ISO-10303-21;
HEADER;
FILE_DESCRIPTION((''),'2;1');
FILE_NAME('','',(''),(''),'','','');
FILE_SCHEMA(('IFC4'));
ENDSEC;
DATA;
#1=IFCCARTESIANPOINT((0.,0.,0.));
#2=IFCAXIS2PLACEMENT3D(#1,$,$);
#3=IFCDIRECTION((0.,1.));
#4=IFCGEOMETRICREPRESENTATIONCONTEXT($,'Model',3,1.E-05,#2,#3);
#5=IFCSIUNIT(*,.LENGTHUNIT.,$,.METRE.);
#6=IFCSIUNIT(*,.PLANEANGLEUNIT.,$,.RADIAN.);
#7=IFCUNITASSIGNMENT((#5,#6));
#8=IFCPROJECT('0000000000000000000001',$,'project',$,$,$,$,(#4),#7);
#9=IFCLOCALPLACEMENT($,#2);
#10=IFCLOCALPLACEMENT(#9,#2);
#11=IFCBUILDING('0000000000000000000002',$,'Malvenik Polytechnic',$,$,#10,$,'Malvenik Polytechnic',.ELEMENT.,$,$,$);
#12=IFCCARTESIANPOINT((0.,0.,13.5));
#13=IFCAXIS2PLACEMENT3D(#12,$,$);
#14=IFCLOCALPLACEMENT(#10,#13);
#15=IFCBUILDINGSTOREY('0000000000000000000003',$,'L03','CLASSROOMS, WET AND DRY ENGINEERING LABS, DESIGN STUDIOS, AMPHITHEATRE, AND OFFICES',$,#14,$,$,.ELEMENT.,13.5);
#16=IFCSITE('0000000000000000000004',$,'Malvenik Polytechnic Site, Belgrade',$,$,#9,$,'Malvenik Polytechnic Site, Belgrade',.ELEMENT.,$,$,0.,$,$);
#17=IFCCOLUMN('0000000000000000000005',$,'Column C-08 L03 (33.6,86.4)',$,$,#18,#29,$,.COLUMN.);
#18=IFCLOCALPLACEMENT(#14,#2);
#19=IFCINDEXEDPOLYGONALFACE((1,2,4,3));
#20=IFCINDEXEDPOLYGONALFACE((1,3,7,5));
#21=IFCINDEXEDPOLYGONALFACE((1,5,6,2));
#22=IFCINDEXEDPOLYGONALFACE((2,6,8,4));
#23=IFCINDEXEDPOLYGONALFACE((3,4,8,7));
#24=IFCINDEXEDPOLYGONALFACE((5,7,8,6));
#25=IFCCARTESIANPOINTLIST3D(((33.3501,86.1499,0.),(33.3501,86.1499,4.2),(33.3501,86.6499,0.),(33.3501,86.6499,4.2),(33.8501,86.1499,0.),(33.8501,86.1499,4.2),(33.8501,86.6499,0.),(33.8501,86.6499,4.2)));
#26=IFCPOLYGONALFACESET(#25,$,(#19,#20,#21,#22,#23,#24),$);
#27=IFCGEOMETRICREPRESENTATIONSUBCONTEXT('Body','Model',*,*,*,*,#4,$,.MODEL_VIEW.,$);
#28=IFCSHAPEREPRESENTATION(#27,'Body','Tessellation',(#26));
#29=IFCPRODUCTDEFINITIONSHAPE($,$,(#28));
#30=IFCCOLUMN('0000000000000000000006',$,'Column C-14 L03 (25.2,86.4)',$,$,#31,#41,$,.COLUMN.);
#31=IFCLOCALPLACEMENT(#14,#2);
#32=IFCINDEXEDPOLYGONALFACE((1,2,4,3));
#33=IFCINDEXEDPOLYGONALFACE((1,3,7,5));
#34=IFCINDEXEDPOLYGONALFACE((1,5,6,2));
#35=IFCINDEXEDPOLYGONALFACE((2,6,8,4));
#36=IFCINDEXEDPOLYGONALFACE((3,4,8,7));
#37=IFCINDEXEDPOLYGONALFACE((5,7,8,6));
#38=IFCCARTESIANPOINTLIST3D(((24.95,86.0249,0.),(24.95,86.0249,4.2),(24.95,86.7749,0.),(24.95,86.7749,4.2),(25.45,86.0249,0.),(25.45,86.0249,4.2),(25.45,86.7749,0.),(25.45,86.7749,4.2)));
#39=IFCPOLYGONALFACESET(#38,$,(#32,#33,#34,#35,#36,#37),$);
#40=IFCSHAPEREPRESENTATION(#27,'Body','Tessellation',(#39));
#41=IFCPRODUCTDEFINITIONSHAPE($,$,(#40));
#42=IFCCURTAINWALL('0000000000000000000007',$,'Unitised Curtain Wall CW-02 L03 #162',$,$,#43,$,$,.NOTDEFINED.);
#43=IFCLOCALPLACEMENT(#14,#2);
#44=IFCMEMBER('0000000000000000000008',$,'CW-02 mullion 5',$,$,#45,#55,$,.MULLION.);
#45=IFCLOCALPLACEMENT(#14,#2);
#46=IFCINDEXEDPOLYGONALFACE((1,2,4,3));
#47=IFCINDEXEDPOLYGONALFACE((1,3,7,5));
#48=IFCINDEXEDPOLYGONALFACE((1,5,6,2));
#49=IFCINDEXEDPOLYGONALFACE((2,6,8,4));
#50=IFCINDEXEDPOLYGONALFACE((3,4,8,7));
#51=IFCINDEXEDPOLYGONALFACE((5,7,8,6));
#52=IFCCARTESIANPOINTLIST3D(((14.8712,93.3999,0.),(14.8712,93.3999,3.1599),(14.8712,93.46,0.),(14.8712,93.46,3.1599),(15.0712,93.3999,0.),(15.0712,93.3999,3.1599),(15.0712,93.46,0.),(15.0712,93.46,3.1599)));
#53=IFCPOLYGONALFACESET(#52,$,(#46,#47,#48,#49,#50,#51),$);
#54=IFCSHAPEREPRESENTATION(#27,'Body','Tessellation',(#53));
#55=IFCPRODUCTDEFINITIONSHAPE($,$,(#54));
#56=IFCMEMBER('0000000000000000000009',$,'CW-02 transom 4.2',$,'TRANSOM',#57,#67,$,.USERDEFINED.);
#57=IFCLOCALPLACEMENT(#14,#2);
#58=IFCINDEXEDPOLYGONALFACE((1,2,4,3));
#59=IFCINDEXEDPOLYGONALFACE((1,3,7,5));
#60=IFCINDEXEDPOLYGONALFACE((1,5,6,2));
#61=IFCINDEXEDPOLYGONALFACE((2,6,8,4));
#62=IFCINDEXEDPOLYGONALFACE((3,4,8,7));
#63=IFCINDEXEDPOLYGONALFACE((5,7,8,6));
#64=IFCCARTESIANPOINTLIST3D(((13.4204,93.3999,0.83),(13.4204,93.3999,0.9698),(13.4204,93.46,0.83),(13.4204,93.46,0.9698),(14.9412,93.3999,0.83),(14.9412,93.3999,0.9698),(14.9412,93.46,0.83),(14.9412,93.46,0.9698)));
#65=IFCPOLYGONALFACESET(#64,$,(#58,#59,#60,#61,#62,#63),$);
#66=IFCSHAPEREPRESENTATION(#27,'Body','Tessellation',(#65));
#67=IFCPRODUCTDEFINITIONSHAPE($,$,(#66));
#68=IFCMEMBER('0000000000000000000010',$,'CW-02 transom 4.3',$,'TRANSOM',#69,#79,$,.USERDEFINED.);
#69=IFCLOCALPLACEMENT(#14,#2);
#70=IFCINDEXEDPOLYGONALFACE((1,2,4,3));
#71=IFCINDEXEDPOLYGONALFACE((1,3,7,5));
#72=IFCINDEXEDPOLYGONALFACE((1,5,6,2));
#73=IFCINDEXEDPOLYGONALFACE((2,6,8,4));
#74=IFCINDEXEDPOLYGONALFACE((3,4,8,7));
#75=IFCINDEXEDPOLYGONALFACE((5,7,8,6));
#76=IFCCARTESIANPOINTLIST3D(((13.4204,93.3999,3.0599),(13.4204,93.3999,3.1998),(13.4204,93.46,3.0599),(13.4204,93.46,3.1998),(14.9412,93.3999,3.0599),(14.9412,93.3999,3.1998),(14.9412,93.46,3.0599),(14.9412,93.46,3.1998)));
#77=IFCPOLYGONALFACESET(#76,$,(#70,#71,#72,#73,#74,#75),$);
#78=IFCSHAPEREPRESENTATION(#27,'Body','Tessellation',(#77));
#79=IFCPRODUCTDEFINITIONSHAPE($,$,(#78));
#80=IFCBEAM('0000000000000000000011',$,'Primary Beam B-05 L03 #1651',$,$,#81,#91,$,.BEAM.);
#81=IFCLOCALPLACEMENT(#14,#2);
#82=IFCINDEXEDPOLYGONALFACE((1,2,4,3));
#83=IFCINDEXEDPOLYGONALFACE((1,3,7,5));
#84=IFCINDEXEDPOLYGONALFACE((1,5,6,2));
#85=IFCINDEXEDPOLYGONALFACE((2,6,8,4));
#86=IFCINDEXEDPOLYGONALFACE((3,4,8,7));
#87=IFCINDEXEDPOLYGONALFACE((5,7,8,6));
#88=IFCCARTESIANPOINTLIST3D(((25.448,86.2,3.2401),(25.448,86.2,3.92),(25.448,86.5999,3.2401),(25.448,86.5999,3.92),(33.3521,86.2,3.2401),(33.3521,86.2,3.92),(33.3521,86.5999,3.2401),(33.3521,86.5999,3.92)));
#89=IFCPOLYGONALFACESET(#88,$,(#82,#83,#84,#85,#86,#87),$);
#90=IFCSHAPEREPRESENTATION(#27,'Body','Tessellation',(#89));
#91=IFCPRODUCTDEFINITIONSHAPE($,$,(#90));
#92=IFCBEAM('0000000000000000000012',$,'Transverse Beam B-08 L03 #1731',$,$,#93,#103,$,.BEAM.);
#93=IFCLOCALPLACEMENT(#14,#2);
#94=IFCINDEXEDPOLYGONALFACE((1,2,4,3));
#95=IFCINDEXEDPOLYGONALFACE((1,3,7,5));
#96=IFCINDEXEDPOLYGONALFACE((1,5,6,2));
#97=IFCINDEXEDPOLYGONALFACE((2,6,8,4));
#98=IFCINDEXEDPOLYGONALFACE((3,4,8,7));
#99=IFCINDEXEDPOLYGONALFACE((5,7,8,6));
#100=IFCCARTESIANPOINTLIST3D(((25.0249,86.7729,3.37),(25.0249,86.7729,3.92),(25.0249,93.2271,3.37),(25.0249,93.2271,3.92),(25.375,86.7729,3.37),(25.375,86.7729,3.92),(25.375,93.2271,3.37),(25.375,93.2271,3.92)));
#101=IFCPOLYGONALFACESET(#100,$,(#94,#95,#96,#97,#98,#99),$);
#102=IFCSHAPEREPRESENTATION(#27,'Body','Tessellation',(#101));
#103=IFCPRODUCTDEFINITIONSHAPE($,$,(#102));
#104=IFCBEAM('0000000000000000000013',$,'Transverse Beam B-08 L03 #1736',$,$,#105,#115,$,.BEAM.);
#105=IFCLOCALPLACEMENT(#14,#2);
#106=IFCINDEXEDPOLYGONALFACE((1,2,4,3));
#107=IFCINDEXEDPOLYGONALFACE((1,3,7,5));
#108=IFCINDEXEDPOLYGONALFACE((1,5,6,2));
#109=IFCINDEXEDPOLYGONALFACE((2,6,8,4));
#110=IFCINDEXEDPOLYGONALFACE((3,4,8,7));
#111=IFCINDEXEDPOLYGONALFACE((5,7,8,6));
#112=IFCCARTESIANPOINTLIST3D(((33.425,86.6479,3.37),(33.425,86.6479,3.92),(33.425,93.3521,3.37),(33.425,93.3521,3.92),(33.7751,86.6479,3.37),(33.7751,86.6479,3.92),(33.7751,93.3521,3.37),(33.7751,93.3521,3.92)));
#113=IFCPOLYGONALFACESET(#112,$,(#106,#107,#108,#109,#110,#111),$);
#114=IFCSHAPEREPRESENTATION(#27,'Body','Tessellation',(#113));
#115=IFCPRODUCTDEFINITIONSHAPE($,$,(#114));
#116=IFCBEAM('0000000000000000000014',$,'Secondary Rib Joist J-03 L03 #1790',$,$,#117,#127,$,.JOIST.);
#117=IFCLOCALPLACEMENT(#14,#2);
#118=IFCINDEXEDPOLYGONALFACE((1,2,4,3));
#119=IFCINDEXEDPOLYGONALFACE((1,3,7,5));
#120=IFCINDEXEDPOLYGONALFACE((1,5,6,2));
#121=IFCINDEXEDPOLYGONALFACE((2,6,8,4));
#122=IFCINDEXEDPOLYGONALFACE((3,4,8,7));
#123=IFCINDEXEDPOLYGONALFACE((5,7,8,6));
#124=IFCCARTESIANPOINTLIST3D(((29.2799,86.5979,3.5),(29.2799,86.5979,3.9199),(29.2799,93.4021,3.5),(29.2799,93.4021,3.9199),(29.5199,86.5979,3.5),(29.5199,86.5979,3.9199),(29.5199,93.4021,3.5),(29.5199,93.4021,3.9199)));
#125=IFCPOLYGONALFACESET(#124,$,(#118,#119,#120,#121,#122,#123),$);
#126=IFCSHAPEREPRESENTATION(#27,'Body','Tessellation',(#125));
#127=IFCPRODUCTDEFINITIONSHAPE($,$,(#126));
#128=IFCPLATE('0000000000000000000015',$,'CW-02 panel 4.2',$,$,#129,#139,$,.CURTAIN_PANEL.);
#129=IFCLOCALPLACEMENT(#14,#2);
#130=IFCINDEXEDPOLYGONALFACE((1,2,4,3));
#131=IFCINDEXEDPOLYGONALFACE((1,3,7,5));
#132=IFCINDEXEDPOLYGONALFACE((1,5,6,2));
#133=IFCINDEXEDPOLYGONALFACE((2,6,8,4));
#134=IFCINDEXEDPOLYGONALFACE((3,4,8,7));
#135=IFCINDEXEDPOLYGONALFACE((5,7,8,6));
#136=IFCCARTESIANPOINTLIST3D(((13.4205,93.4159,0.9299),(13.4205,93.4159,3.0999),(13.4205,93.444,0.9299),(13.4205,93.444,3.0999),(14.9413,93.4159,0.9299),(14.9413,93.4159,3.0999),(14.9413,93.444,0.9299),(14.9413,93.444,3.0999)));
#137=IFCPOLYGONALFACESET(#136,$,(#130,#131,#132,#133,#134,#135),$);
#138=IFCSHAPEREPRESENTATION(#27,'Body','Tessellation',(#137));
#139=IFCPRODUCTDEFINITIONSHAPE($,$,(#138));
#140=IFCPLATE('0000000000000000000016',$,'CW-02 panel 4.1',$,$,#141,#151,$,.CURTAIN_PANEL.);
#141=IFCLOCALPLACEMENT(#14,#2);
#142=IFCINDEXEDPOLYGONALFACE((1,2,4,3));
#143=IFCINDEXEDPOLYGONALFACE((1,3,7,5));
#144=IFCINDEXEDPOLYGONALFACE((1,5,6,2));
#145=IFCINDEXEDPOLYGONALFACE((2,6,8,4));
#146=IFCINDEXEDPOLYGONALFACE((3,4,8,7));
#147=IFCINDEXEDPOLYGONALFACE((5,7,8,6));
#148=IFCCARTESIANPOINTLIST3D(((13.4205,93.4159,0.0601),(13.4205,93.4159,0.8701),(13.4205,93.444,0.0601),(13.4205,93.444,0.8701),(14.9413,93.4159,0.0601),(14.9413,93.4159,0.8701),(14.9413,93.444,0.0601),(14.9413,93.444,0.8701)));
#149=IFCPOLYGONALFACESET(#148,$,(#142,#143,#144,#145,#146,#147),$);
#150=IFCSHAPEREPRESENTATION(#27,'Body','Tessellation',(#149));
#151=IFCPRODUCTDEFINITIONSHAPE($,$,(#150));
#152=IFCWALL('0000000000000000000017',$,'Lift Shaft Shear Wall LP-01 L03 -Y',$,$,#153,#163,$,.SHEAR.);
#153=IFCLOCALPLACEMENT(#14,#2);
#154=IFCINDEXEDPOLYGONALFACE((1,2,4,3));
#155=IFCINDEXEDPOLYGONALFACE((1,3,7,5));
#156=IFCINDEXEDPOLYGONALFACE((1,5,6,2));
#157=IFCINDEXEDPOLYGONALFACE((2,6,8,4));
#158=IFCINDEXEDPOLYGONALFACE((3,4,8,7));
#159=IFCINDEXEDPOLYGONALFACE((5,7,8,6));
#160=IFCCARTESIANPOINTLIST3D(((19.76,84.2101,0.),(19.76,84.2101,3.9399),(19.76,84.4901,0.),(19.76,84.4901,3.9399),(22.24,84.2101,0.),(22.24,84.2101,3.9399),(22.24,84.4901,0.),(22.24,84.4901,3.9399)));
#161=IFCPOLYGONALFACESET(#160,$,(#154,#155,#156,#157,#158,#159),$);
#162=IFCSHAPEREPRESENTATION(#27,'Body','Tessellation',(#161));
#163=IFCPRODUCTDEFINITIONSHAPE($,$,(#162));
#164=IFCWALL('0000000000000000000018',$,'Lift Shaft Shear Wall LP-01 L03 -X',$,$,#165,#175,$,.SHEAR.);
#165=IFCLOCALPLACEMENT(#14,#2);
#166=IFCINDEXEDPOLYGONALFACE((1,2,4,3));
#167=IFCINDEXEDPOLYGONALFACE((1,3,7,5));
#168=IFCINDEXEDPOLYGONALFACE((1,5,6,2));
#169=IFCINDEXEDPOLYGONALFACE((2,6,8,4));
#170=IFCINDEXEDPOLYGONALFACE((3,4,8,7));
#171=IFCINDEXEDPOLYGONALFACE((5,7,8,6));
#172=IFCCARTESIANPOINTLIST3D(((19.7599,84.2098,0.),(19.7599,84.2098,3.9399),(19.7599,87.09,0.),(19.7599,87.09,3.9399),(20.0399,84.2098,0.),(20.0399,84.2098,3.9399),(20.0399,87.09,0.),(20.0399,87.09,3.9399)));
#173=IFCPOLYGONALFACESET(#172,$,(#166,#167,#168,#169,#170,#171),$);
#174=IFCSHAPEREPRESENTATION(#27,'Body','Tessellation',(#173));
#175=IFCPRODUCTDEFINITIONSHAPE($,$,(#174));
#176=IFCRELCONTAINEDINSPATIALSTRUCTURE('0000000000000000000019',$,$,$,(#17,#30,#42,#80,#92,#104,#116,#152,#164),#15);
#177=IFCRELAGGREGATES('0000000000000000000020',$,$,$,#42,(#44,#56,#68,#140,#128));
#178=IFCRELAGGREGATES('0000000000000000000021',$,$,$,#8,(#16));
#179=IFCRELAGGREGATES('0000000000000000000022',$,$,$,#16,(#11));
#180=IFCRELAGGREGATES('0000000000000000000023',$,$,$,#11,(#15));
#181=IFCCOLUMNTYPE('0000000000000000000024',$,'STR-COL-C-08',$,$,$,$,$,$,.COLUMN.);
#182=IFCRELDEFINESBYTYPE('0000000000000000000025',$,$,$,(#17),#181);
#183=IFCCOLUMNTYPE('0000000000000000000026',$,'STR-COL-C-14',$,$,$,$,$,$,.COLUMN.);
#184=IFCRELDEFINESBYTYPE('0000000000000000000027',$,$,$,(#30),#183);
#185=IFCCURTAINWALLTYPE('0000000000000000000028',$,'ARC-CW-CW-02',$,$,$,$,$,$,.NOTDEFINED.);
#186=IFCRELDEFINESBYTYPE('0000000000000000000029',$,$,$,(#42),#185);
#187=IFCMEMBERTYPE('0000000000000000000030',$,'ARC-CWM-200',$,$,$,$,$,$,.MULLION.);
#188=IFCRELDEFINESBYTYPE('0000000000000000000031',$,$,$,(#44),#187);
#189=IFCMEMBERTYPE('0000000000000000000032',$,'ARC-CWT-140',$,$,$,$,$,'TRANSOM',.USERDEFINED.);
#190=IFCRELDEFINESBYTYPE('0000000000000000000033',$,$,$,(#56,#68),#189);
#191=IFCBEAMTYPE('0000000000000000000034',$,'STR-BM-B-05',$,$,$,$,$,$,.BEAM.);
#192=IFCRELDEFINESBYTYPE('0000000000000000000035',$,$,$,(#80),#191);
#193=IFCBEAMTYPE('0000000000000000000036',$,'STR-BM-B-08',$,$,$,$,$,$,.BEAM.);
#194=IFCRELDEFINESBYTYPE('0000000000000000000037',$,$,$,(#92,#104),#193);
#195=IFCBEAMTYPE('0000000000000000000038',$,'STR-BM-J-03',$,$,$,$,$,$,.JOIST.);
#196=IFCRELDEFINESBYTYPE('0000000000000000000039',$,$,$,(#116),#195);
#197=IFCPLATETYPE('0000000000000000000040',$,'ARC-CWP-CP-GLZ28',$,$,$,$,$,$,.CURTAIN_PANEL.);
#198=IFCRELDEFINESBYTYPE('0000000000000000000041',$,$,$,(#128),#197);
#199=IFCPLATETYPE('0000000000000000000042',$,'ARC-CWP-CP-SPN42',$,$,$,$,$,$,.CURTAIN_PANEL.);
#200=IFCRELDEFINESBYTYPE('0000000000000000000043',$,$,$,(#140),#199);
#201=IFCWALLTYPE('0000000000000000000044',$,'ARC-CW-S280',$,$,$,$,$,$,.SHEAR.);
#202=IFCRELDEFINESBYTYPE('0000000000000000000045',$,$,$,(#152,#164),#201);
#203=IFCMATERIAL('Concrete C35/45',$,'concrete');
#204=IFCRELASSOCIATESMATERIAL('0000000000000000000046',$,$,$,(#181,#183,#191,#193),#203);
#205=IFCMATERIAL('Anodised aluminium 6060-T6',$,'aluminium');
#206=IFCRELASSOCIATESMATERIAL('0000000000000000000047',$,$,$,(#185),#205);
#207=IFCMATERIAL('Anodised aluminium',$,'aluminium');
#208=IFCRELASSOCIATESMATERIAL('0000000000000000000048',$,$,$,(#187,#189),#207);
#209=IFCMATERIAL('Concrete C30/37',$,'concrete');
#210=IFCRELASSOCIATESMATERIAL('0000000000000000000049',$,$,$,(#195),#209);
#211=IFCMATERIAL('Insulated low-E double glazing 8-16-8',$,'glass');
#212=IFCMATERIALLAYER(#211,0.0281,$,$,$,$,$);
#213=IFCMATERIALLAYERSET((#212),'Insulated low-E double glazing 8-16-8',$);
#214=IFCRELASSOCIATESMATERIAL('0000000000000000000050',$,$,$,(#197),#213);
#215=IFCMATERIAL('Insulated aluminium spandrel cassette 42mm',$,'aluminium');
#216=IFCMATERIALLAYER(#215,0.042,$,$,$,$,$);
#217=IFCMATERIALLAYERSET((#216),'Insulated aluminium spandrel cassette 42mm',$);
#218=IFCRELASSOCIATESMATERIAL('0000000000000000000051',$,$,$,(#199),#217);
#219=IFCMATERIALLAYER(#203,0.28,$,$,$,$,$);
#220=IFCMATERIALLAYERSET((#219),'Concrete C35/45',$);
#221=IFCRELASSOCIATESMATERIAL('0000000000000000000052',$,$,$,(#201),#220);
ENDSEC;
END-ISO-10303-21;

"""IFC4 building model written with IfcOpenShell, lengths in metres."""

from ifc_helpers import new_model, si_unit, direction, frame, frame_2d, origin, origin_2d, place, context, subcontext, project, spatial, rectangle, extrude, material, layer, layer_set, material_profile, profile_set, type_object, element, aggregate, save


model = new_model("IFC4")

# Units and contexts
model_context = context("Model", 3, precision=1e-05, world=origin(), true_north=direction((0.0, 1.0)))
body_context = subcontext(model_context, "Body", "Model", "MODEL_VIEW")
ifc_project = project(units=[si_unit("LENGTHUNIT", "METRE"), si_unit("PLANEANGLEUNIT", "RADIAN")], contexts=[model_context])

# Site, building, storey
site_placement = place(None, origin())
site = spatial("IfcSite", under=ifc_project, at=site_placement, Name="Malvenik Polytechnic Site, Belgrade", LongName="Malvenik Polytechnic Site, Belgrade", CompositionType="ELEMENT", RefElevation=0.0)
building_placement = place(site_placement, origin())
building = spatial("IfcBuilding", under=site, at=building_placement, Name="Malvenik Polytechnic", LongName="Malvenik Polytechnic", CompositionType="ELEMENT")
storey_placement = place(building_placement, frame((0.0, 0.0, 13.5)))
storey = spatial("IfcBuildingStorey", under=building, at=storey_placement, Name="L03", Description="CLASSROOMS, WET AND DRY ENGINEERING LABS, DESIGN STUDIOS, AMPHITHEATRE, AND OFFICES", CompositionType="ELEMENT", Elevation=13.5)

# Columns
ifc_material_1 = material(Name="Concrete C35/45", Category="concrete")
ifc_material_profile_1 = material_profile(ifc_material_1, rectangle(XDim=0.5, YDim=0.5, at=origin_2d()), Name="RC COL 500x500")
ifc_profile_set_1 = profile_set([ifc_material_profile_1], Name="Concrete C35/45")
column_type_1 = type_object("IfcColumnType", Name="STR-COL-C-08", PredefinedType="COLUMN", material=ifc_profile_set_1)
column_1_placement = place(storey_placement, frame((33.6001, 86.3999, 0.0), z_axis=(0.0, 0.0, 1.0), x_axis=(1.0, 0.0, 0.0)))
element("IfcColumn", 1, at=column_1_placement, inside=storey, type_object=column_type_1, Name="Column C-08 L03 (33.6,86.4)", PredefinedType="COLUMN", context=body_context, shape_type="SweptSolid", body=[
    extrude(rectangle(XDim=0.5, YDim=0.5, at=origin_2d()), origin(), (0.0, 0.0, 1.0), 4.2),
])
ifc_material_profile_2 = material_profile(ifc_material_1, rectangle(XDim=0.5, YDim=0.75, at=origin_2d()), Name="RC COL 750x500")
ifc_profile_set_2 = profile_set([ifc_material_profile_2], Name="Concrete C35/45")
column_type_2 = type_object("IfcColumnType", Name="STR-COL-C-14", PredefinedType="COLUMN", material=ifc_profile_set_2)
column_2_placement = place(storey_placement, frame((25.2, 86.3999, 0.0), z_axis=(0.0, 0.0, 1.0), x_axis=(1.0, 0.0, 0.0)))
element("IfcColumn", 2, at=column_2_placement, inside=storey, type_object=column_type_2, Name="Column C-14 L03 (25.2,86.4)", PredefinedType="COLUMN", context=body_context, shape_type="SweptSolid", body=[
    extrude(rectangle(XDim=0.5, YDim=0.75, at=origin_2d()), origin(), (0.0, 0.0, 1.0), 4.2),
])

# Curtain wall, members
ifc_material_2 = material(Name="Anodised aluminium 6060-T6", Category="aluminium")
curtain_wall_type = type_object("IfcCurtainWallType", Name="ARC-CW-CW-02", PredefinedType="NOTDEFINED", material=ifc_material_2)
curtain_wall_placement = place(storey_placement, origin())
curtain_wall = element("IfcCurtainWall", 3, at=curtain_wall_placement, inside=storey, type_object=curtain_wall_type, Name="Unitised Curtain Wall CW-02 L03 #162", PredefinedType="NOTDEFINED")
ifc_material_3 = material(Name="Anodised aluminium", Category="aluminium")
ifc_material_profile_3 = material_profile(ifc_material_3, rectangle(XDim=0.0601, YDim=0.2, at=origin_2d()), Name="ALU MULLION 60x200")
ifc_profile_set_3 = profile_set([ifc_material_profile_3], Name="Anodised aluminium")
member_type_1 = type_object("IfcMemberType", Name="ARC-CWM-200", PredefinedType="MULLION", material=ifc_profile_set_3)
member_1_placement = place(storey_placement, frame((14.9712, 93.4299, 0.0), z_axis=(0.0, 0.0, 1.0), x_axis=(0.0, 1.0, 0.0)))
member_1 = element("IfcMember", 4, at=member_1_placement, type_object=member_type_1, Name="CW-02 mullion 5", PredefinedType="MULLION", context=body_context, shape_type="SweptSolid", body=[
    extrude(rectangle(XDim=0.0601, YDim=0.2, at=origin_2d()), origin(), (0.0, 0.0, 1.0), 3.1599),
])
ifc_material_profile_4 = material_profile(ifc_material_3, rectangle(XDim=0.0601, YDim=0.1399, at=origin_2d()), Name="ALU TRANSOM 60x140")
ifc_profile_set_4 = profile_set([ifc_material_profile_4], Name="Anodised aluminium")
member_type_2 = type_object("IfcMemberType", Name="ARC-CWT-140", ElementType="TRANSOM", PredefinedType="USERDEFINED", material=ifc_profile_set_4)
member_2_placement = place(storey_placement, frame((13.4204, 93.4299, 0.8999), z_axis=(1.0, 0.0, 0.0), x_axis=(0.0, 1.0, 0.0)))
member_2 = element("IfcMember", 5, at=member_2_placement, type_object=member_type_2, Name="CW-02 transom 4.2", ObjectType="TRANSOM", PredefinedType="USERDEFINED", context=body_context, shape_type="SweptSolid", body=[
    extrude(rectangle(XDim=0.0601, YDim=0.1399, at=origin_2d()), origin(), (0.0, 0.0, 1.0), 1.5208),
])
member_3_placement = place(storey_placement, frame((13.4204, 93.4299, 3.1299), z_axis=(1.0, 0.0, 0.0), x_axis=(0.0, 1.0, 0.0)))
member_3 = element("IfcMember", 6, at=member_3_placement, type_object=member_type_2, Name="CW-02 transom 4.3", ObjectType="TRANSOM", PredefinedType="USERDEFINED", context=body_context, shape_type="SweptSolid", body=[
    extrude(rectangle(XDim=0.0601, YDim=0.1399, at=origin_2d()), origin(), (0.0, 0.0, 1.0), 1.5208),
])

# Beams
ifc_material_profile_5 = material_profile(ifc_material_1, rectangle(XDim=0.3999, YDim=0.6799, at=origin_2d()), Name="RC BM 400x680")
ifc_profile_set_5 = profile_set([ifc_material_profile_5], Name="Concrete C35/45")
beam_type_1 = type_object("IfcBeamType", Name="STR-BM-B-05", PredefinedType="BEAM", material=ifc_profile_set_5)
beam_1_placement = place(storey_placement, frame((25.448, 86.3999, 3.5801), z_axis=(1.0, 0.0, 0.0), x_axis=(0.0, 1.0, 0.0)))
element("IfcBeam", 7, at=beam_1_placement, inside=storey, type_object=beam_type_1, Name="Primary Beam B-05 L03 #1651", PredefinedType="BEAM", context=body_context, shape_type="SweptSolid", body=[
    extrude(rectangle(XDim=0.3999, YDim=0.6799, at=origin_2d()), origin(), (0.0, 0.0, 1.0), 7.9041),
])
ifc_material_profile_6 = material_profile(ifc_material_1, rectangle(XDim=0.3501, YDim=0.55, at=origin_2d()), Name="RC BM 350x550")
ifc_profile_set_6 = profile_set([ifc_material_profile_6], Name="Concrete C35/45")
beam_type_2 = type_object("IfcBeamType", Name="STR-BM-B-08", PredefinedType="BEAM", material=ifc_profile_set_6)
beam_2_placement = place(storey_placement, frame((25.2, 86.7729, 3.645), z_axis=(0.0, 1.0, 0.0), x_axis=(-1.0, 0.0, 0.0)))
element("IfcBeam", 8, at=beam_2_placement, inside=storey, type_object=beam_type_2, Name="Transverse Beam B-08 L03 #1731", PredefinedType="BEAM", context=body_context, shape_type="SweptSolid", body=[
    extrude(rectangle(XDim=0.3501, YDim=0.55, at=origin_2d()), origin(), (0.0, 0.0, 1.0), 6.4541),
])
beam_3_placement = place(storey_placement, frame((33.6001, 86.6479, 3.645), z_axis=(0.0, 1.0, 0.0), x_axis=(-1.0, 0.0, 0.0)))
element("IfcBeam", 9, at=beam_3_placement, inside=storey, type_object=beam_type_2, Name="Transverse Beam B-08 L03 #1736", PredefinedType="BEAM", context=body_context, shape_type="SweptSolid", body=[
    extrude(rectangle(XDim=0.3501, YDim=0.55, at=origin_2d()), origin(), (0.0, 0.0, 1.0), 6.7041),
])
ifc_material_4 = material(Name="Concrete C30/37", Category="concrete")
ifc_material_profile_7 = material_profile(ifc_material_4, rectangle(XDim=0.24, YDim=0.4199, at=origin_2d()), Name="RC JST 240x420")
ifc_profile_set_7 = profile_set([ifc_material_profile_7], Name="Concrete C30/37")
beam_type_3 = type_object("IfcBeamType", Name="STR-BM-J-03", PredefinedType="JOIST", material=ifc_profile_set_7)
beam_4_placement = place(storey_placement, frame((29.3999, 86.5979, 3.71), z_axis=(0.0, 1.0, 0.0), x_axis=(-1.0, 0.0, 0.0)))
element("IfcBeam", 10, at=beam_4_placement, inside=storey, type_object=beam_type_3, Name="Secondary Rib Joist J-03 L03 #1790", PredefinedType="JOIST", context=body_context, shape_type="SweptSolid", body=[
    extrude(rectangle(XDim=0.24, YDim=0.4199, at=origin_2d()), origin(), (0.0, 0.0, 1.0), 6.8042),
])

# Plates
ifc_material_5 = material(Name="Insulated low-E double glazing 8-16-8", Category="glass")
ifc_layer_1 = layer(ifc_material_5, 0.0281)
ifc_layer_set_1 = layer_set([ifc_layer_1], Name="Insulated low-E double glazing 8-16-8")
plate_type_1 = type_object("IfcPlateType", Name="ARC-CWP-CP-GLZ28", PredefinedType="CURTAIN_PANEL", material=ifc_layer_set_1)
plate_1_placement = place(storey_placement, frame((14.1809, 93.4299, 0.9299), z_axis=(0.0, 0.0, 1.0), x_axis=(1.0, 0.0, 0.0)))
plate_1 = element("IfcPlate", 11, at=plate_1_placement, type_object=plate_type_1, Name="CW-02 panel 4.2", PredefinedType="CURTAIN_PANEL", context=body_context, shape_type="SweptSolid", body=[
    extrude(rectangle(XDim=1.5208, YDim=0.0281, at=origin_2d()), origin(), (0.0, 0.0, 1.0), 2.1699),
])
ifc_material_6 = material(Name="Insulated aluminium spandrel cassette 42mm", Category="aluminium")
ifc_layer_2 = layer(ifc_material_6, 0.042)
ifc_layer_set_2 = layer_set([ifc_layer_2], Name="Insulated aluminium spandrel cassette 42mm")
plate_type_2 = type_object("IfcPlateType", Name="ARC-CWP-CP-SPN42", PredefinedType="CURTAIN_PANEL", material=ifc_layer_set_2)
plate_2_placement = place(storey_placement, frame((14.1809, 93.4299, 0.0601), z_axis=(0.0, 0.0, 1.0), x_axis=(1.0, 0.0, 0.0)))
plate_2 = element("IfcPlate", 12, at=plate_2_placement, type_object=plate_type_2, Name="CW-02 panel 4.1", PredefinedType="CURTAIN_PANEL", context=body_context, shape_type="SweptSolid", body=[
    extrude(rectangle(XDim=1.5208, YDim=0.0281, at=origin_2d()), origin(), (0.0, 0.0, 1.0), 0.8101),
])
aggregate(curtain_wall, [member_1, member_2, member_3, plate_2, plate_1])

# Wall
ifc_layer_3 = layer(ifc_material_1, 0.28)
ifc_layer_set_3 = layer_set([ifc_layer_3], Name="Concrete C35/45")
wall_type_1 = type_object("IfcWallType", Name="ARC-CW-S280", PredefinedType="SHEAR", material=ifc_layer_set_3)
wall_1_placement = place(storey_placement, frame((22.24, 84.3501, 0.0), z_axis=(0.0, 0.0, 1.0), x_axis=(-1.0, 0.0, 0.0)))
element("IfcWall", 13, at=wall_1_placement, inside=storey, type_object=wall_type_1, Name="Lift Shaft Shear Wall LP-01 L03 -Y", PredefinedType="SHEAR", context=body_context, shape_type="SweptSolid", body=[
    extrude(rectangle(XDim=2.48, YDim=0.28, at=frame_2d((1.24, 0.0))), origin(), (0.0, 0.0, 1.0), 3.9399),
])

# Wall
for number, where, z_axis, x_axis, name in (
    (14, (19.8999, 84.21, 0.0), (0.0, 0.0, 1.0), (0.0, 1.0, 0.0), "Lift Shaft Shear Wall LP-01 L03 -X"),
):
    element("IfcWall", number, at=place(storey_placement, frame(where, z_axis=z_axis, x_axis=x_axis)), inside=storey, type_object=wall_type_1, Name=name, PredefinedType="SHEAR", context=body_context, shape_type="SweptSolid", body=[
        extrude(rectangle(XDim=2.8801, YDim=0.28, at=frame_2d((1.4399, 0.0))), origin(), (0.0, 0.0, 1.0), 3.9399),
    ])

save(model, "model.ifc")
